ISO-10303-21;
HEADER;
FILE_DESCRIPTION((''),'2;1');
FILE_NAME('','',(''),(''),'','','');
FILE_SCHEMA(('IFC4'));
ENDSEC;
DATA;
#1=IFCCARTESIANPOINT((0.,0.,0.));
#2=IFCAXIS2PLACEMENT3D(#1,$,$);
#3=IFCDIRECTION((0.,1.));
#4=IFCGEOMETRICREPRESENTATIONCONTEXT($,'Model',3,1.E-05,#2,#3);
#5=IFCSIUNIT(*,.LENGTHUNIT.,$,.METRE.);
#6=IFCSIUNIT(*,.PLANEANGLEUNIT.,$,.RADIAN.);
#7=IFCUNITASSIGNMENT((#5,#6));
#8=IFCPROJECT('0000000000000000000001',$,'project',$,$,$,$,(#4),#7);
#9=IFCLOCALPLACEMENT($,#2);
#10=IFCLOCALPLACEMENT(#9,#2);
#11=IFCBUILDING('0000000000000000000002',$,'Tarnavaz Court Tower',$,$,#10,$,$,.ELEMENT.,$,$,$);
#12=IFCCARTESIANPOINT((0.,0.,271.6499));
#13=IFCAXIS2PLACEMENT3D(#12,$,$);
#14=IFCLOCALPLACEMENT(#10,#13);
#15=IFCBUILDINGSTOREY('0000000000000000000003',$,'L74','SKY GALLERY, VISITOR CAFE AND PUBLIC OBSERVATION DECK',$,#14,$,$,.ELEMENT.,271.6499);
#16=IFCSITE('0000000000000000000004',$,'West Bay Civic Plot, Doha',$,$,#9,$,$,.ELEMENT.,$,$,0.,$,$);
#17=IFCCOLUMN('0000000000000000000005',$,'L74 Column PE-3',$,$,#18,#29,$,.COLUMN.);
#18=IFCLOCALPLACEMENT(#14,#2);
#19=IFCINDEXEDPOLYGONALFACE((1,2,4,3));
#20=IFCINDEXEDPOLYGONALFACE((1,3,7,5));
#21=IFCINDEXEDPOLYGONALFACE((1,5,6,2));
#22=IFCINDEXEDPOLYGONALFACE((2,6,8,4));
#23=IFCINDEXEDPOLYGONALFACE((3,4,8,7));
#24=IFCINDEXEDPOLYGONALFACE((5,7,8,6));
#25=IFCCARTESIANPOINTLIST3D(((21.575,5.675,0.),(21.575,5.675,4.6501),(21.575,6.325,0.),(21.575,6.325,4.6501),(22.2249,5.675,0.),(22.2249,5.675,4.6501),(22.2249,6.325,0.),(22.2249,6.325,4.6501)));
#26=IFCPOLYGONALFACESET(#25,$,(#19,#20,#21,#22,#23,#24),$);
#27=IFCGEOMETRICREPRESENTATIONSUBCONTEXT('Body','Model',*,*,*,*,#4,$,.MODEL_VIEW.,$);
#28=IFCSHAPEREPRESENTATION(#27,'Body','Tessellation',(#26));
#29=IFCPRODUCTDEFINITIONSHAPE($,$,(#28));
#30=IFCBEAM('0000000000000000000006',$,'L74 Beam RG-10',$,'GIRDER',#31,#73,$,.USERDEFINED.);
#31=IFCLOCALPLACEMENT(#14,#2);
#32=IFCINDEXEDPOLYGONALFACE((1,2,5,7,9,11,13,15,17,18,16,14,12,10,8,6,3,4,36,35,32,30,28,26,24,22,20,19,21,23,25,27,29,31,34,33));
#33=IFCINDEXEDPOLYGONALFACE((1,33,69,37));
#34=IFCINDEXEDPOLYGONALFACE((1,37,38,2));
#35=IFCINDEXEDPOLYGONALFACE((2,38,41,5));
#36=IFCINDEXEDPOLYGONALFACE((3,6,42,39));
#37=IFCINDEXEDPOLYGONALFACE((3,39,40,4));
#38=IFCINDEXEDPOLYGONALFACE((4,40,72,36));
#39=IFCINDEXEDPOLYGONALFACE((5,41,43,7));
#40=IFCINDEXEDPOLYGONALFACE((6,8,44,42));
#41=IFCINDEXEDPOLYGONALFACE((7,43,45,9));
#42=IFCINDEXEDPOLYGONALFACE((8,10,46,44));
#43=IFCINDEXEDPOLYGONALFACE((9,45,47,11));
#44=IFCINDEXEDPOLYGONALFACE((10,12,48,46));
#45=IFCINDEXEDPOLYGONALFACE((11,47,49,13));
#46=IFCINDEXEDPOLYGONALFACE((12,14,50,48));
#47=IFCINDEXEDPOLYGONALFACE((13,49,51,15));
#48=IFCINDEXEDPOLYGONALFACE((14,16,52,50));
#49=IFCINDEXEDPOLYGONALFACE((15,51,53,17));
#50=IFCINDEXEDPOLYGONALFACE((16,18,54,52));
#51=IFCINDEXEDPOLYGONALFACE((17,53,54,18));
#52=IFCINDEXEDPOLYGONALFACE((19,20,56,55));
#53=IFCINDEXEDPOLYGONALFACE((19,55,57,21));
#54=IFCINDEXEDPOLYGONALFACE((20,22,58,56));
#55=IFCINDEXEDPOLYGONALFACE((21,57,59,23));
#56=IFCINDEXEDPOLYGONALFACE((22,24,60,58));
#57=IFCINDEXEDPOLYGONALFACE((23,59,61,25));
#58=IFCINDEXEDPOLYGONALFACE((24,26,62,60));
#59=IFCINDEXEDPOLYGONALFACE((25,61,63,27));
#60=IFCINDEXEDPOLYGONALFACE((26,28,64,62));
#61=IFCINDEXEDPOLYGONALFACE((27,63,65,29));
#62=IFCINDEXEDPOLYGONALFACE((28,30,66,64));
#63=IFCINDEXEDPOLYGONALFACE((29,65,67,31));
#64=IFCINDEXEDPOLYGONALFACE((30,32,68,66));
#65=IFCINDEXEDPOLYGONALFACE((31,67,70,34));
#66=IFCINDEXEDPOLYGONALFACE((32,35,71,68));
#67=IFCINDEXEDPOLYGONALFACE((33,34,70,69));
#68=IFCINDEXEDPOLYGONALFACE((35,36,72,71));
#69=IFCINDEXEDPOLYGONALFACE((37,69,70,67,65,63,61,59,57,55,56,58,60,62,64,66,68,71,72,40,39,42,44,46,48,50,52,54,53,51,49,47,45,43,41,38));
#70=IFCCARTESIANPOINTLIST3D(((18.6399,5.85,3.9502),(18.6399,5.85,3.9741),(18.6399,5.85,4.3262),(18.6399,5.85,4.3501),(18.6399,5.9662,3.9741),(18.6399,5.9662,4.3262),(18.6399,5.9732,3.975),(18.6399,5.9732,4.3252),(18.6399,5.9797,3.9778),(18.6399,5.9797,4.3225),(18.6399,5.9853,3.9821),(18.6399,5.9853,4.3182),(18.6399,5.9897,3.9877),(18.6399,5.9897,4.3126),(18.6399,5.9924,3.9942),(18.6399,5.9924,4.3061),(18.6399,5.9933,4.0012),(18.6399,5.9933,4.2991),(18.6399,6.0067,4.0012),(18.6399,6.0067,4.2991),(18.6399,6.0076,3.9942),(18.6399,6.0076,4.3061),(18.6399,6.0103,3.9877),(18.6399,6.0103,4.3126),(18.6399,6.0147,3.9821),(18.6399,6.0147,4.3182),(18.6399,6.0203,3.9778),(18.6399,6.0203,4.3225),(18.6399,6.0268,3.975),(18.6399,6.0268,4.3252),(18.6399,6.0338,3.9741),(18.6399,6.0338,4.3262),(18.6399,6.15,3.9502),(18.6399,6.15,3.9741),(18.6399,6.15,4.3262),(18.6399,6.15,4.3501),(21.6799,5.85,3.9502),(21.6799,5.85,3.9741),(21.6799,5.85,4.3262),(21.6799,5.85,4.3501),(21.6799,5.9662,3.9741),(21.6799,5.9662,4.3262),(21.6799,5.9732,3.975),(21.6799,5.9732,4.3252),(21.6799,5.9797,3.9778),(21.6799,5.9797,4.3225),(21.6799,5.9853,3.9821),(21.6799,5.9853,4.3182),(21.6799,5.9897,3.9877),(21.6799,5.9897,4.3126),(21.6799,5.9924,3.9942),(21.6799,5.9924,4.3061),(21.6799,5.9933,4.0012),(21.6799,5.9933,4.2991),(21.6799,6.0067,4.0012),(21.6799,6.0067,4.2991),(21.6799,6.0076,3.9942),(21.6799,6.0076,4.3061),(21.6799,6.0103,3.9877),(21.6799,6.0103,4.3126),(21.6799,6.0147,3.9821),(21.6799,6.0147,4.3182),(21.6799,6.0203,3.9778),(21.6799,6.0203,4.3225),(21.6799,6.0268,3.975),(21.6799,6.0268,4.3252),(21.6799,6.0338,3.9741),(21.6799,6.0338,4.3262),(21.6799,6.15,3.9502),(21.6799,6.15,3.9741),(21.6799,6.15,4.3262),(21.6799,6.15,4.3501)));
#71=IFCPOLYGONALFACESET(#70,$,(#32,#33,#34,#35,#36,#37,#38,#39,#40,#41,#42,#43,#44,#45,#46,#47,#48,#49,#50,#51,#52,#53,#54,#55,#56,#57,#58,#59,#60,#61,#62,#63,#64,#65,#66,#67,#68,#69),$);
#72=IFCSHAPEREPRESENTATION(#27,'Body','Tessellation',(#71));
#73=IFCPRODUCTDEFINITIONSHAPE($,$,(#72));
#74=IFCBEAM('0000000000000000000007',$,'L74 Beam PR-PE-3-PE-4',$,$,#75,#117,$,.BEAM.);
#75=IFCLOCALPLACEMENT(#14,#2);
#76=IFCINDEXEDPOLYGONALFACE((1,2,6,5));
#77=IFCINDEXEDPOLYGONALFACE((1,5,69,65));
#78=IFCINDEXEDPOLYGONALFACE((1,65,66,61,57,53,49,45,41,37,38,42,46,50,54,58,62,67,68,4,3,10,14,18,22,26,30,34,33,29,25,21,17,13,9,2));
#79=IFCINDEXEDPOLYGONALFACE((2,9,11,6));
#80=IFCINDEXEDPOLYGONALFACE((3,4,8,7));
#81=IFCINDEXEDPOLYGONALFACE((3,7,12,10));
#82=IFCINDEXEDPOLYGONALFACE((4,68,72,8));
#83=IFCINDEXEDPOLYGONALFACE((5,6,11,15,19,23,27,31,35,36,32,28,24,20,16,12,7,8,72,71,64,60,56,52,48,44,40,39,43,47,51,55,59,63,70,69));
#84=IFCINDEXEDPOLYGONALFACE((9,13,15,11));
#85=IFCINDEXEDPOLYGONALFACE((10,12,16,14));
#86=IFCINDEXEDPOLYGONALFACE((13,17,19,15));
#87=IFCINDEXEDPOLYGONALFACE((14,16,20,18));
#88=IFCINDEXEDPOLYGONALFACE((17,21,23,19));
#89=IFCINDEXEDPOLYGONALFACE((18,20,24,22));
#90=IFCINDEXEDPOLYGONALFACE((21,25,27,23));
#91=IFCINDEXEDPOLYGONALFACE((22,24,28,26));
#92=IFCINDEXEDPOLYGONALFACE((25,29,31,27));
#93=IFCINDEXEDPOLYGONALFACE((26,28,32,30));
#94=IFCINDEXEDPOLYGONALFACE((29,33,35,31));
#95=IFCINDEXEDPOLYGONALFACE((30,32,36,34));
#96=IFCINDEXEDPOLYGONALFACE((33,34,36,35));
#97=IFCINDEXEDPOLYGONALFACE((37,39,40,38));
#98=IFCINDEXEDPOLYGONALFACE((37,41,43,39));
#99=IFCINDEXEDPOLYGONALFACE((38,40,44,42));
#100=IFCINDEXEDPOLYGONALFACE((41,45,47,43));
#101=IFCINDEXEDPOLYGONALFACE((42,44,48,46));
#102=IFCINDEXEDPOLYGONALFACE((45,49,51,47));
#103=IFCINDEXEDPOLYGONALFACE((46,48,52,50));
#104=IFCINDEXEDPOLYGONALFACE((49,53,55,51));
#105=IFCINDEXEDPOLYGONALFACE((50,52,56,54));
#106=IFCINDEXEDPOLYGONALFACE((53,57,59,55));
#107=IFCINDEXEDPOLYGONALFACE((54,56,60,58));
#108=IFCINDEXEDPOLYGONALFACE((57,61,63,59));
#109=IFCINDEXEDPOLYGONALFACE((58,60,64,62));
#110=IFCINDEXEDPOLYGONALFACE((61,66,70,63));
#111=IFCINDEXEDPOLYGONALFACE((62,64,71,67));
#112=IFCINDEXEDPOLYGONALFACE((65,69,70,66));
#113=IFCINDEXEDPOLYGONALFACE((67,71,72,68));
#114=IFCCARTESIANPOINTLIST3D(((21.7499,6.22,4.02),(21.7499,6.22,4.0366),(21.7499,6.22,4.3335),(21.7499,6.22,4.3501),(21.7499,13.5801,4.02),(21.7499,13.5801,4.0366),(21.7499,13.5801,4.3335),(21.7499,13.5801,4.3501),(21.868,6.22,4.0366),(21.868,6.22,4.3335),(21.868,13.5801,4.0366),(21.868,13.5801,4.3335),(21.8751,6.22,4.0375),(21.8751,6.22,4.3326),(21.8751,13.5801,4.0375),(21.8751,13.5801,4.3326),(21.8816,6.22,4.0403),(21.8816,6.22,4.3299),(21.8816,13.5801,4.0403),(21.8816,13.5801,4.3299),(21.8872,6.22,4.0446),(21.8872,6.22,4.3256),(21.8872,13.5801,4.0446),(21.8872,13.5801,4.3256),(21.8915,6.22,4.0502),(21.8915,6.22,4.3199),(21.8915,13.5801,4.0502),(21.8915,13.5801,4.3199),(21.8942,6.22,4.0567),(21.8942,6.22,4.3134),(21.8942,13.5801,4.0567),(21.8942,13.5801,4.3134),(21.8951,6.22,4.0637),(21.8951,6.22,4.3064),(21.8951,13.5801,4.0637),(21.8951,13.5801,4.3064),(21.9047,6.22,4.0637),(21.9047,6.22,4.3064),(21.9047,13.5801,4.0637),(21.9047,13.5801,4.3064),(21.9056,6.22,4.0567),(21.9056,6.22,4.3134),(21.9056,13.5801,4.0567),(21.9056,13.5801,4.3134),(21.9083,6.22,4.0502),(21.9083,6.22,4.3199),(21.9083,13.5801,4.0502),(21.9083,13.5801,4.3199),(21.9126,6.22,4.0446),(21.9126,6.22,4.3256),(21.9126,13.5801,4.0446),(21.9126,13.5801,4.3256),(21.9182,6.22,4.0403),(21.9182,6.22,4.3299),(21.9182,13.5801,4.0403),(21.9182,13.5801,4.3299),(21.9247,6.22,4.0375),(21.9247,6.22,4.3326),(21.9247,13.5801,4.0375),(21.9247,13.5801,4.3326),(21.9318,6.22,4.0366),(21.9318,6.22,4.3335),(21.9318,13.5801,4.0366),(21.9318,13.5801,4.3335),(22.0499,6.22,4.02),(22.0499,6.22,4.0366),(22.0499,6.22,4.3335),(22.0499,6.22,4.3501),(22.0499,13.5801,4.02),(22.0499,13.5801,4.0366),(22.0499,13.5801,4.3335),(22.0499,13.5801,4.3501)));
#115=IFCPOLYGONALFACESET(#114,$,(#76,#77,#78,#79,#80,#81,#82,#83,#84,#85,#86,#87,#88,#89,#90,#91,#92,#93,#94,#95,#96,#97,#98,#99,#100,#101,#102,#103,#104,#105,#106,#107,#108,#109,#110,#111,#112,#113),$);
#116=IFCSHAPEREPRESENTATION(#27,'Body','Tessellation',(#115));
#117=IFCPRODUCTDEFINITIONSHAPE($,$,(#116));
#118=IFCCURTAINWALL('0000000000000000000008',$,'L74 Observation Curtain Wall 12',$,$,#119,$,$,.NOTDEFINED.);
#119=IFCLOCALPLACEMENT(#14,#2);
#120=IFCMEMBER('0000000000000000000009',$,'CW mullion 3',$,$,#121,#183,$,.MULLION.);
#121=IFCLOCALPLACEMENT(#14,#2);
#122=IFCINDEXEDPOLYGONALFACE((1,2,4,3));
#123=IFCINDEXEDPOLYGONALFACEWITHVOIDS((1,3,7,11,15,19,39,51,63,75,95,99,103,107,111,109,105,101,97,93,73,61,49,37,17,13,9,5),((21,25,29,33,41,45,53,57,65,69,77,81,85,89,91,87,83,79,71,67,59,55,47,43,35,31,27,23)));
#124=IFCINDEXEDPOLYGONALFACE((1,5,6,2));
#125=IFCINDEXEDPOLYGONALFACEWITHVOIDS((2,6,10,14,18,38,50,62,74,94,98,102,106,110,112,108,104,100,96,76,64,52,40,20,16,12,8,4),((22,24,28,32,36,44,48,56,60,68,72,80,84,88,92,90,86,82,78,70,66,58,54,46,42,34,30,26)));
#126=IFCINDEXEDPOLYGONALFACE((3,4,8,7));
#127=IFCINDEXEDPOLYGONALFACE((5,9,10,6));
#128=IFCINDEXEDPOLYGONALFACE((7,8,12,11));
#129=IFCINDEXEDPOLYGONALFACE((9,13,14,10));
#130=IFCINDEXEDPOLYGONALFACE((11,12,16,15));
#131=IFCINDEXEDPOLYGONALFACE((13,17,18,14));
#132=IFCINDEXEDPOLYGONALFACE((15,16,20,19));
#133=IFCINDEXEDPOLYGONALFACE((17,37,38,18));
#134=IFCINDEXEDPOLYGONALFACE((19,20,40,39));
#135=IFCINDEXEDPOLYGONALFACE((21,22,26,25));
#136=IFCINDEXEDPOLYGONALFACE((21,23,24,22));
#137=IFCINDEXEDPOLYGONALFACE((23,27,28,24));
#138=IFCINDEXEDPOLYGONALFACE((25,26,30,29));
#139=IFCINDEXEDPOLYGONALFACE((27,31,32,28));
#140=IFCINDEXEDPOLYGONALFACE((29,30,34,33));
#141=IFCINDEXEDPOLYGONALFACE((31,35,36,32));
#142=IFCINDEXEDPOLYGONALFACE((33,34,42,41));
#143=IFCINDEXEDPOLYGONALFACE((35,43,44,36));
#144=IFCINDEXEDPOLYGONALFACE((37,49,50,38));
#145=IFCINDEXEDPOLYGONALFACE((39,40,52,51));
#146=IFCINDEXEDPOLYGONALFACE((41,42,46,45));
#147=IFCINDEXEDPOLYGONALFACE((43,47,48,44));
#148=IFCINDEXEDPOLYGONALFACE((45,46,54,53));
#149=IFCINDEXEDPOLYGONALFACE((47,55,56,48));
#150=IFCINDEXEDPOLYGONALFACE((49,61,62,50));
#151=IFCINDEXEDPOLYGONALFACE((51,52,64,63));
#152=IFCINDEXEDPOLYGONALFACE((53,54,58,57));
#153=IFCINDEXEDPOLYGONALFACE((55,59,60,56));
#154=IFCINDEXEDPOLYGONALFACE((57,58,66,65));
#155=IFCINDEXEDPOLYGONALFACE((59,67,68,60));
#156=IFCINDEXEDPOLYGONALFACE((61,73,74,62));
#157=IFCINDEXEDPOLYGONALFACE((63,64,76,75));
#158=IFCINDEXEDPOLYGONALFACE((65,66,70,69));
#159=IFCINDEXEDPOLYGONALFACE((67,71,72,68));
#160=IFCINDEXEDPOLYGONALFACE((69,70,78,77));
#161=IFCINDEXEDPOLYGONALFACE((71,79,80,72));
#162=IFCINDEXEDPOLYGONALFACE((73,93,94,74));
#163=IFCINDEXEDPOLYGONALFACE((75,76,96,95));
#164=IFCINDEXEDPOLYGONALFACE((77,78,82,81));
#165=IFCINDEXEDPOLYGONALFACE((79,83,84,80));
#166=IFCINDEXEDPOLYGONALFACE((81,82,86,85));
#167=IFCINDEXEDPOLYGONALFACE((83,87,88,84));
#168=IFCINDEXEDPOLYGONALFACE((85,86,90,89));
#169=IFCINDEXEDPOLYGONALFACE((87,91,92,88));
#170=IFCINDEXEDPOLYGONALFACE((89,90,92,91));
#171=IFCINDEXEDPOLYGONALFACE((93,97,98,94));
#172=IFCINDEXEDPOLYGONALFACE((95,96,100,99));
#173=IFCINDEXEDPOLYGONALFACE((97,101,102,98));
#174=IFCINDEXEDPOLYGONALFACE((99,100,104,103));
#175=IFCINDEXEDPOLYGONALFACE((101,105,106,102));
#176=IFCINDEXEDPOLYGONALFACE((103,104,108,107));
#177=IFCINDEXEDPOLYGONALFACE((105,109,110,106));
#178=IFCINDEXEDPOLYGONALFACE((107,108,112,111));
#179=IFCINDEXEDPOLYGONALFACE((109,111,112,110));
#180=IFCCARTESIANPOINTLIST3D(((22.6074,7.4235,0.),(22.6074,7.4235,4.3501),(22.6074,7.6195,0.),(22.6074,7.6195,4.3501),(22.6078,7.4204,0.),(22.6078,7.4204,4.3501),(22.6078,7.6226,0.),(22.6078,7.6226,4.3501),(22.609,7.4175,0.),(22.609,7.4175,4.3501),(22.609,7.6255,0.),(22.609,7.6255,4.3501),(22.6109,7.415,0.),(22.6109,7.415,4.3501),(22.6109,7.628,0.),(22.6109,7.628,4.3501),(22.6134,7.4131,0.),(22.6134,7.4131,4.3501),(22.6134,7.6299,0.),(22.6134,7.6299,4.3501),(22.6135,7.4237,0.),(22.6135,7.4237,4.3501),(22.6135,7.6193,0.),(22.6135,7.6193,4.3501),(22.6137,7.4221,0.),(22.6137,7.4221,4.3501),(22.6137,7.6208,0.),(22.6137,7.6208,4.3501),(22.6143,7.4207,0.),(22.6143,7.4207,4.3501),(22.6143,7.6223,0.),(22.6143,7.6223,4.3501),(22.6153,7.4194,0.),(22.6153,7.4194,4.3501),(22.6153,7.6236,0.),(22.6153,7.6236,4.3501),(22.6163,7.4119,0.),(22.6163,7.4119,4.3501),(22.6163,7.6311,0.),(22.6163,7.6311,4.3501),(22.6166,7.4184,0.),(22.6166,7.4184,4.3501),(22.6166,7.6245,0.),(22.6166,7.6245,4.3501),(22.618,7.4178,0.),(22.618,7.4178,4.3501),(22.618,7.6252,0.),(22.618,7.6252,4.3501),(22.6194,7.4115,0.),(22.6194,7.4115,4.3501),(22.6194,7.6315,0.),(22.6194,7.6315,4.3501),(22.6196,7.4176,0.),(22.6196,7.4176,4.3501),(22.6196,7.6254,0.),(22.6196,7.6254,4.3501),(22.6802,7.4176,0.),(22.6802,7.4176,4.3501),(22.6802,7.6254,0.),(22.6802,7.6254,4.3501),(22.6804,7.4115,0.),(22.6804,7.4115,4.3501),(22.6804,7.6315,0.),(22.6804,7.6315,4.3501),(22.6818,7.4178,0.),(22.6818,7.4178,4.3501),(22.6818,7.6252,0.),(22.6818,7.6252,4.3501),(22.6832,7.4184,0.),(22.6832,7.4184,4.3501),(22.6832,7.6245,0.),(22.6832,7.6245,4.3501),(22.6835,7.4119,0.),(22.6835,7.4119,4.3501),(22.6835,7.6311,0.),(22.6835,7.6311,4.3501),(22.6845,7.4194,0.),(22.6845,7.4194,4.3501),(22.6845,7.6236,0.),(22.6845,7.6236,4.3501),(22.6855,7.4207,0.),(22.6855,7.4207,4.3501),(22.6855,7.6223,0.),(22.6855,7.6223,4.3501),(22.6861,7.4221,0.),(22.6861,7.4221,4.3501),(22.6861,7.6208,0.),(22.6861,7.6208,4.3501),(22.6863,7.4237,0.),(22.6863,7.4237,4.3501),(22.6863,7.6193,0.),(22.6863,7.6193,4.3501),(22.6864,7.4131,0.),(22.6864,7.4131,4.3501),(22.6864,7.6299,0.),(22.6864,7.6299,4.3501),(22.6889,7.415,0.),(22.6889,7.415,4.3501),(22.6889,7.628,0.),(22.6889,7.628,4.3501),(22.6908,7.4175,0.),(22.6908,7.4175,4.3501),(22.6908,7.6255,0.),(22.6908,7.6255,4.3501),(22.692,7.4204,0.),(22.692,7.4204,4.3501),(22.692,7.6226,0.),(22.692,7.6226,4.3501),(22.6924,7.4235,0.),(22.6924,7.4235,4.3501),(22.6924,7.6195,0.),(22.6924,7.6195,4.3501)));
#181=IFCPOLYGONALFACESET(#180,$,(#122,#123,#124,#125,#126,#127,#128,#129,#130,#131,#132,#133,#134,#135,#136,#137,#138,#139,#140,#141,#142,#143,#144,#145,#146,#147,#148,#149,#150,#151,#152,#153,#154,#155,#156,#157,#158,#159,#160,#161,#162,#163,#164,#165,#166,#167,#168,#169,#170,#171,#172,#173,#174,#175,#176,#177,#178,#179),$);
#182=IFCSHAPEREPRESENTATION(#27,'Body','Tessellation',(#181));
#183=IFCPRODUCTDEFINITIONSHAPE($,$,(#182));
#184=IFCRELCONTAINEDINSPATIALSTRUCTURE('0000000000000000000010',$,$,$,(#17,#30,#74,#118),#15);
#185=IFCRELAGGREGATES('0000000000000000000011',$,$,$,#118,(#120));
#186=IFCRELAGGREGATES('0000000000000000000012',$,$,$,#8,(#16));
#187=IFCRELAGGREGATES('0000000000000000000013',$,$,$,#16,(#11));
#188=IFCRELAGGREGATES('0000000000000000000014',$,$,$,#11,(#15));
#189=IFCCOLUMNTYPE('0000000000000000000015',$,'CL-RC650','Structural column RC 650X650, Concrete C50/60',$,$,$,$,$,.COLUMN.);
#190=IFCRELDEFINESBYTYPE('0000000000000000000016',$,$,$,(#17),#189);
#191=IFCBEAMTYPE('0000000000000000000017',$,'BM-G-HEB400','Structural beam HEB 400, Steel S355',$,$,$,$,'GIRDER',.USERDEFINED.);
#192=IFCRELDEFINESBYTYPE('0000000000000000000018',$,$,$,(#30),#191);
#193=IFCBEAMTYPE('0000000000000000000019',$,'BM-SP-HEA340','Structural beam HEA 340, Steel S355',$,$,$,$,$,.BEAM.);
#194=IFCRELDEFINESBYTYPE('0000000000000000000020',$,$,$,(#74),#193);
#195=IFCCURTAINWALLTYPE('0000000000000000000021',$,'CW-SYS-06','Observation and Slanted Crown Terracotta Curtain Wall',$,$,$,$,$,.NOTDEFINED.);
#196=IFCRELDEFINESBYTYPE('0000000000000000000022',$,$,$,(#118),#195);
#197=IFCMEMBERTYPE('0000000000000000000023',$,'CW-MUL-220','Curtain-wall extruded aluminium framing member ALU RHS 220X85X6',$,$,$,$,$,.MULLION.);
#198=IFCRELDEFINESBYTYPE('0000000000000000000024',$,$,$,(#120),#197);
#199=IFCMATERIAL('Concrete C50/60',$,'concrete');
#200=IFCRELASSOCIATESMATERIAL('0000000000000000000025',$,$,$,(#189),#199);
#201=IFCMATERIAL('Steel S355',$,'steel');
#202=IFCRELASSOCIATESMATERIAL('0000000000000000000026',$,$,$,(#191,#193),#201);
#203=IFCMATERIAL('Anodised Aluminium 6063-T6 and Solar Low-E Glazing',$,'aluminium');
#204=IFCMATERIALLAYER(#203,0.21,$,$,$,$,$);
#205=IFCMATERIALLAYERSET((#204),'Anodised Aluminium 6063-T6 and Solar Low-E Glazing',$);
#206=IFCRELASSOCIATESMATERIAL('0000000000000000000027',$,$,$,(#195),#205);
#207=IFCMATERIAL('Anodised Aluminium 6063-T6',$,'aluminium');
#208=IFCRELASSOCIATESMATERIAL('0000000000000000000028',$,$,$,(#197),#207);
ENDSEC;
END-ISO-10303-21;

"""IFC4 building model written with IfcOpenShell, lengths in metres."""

from ifc_helpers import new_model, si_unit, direction, frame, origin, origin_2d, place, context, subcontext, project, spatial, rectangle, hollow_rectangle, i_section, extrude, material, layer, layer_set, material_profile, profile_set, type_object, element, aggregate, save


model = new_model("IFC4")

# Units and contexts
model_context = context("Model", 3, precision=1e-05, world=origin(), true_north=direction((0.0, 1.0)))
body_context = subcontext(model_context, "Body", "Model", "MODEL_VIEW")
ifc_project = project(units=[si_unit("LENGTHUNIT", "METRE"), si_unit("PLANEANGLEUNIT", "RADIAN")], contexts=[model_context])

# Site, building, storey
site_placement = place(None, origin())
site = spatial("IfcSite", under=ifc_project, at=site_placement, Name="West Bay Civic Plot, Doha", CompositionType="ELEMENT", RefElevation=0.0)
building_placement = place(site_placement, origin())
building = spatial("IfcBuilding", under=site, at=building_placement, Name="Tarnavaz Court Tower", CompositionType="ELEMENT")
storey_placement = place(building_placement, frame((0.0, 0.0, 271.6499)))
storey = spatial("IfcBuildingStorey", under=building, at=storey_placement, Name="L74", Description="SKY GALLERY, VISITOR CAFE AND PUBLIC OBSERVATION DECK", CompositionType="ELEMENT", Elevation=271.6499)

# Column
ifc_material_1 = material(Name="Concrete C50/60", Category="concrete")
ifc_material_profile_1 = material_profile(ifc_material_1, rectangle(XDim=0.6499, YDim=0.6499, at=origin_2d()), Name="RC 650X650")
ifc_profile_set_1 = profile_set([ifc_material_profile_1], Name="Concrete C50/60")
column_type = type_object("IfcColumnType", Name="CL-RC650", Description="Structural column RC 650X650, Concrete C50/60", PredefinedType="COLUMN", material=ifc_profile_set_1)
column_placement = place(storey_placement, frame((21.8999, 6.0, 0.0), z_axis=(0.0, 0.0, 1.0), x_axis=(1.0, 0.0, 0.0)))
element("IfcColumn", 1, at=column_placement, inside=storey, type_object=column_type, Name="L74 Column PE-3", PredefinedType="COLUMN", context=body_context, shape_type="SweptSolid", body=[
    extrude(rectangle(XDim=0.6499, YDim=0.6499, at=origin_2d()), origin(), (0.0, 0.0, 1.0), 4.6501),
])

# Beams
ifc_material_2 = material(Name="Steel S355", Category="steel")
ifc_material_profile_2 = material_profile(ifc_material_2, i_section(OverallWidth=0.3, OverallDepth=0.3999, WebThickness=0.0134, FlangeThickness=0.0239, FilletRadius=0.0271, at=origin_2d()), Name="HEB 400")
ifc_profile_set_2 = profile_set([ifc_material_profile_2], Name="Steel S355")
beam_type_1 = type_object("IfcBeamType", Name="BM-G-HEB400", Description="Structural beam HEB 400, Steel S355", ElementType="GIRDER", PredefinedType="USERDEFINED", material=ifc_profile_set_2)
beam_1_placement = place(storey_placement, frame((18.6399, 6.0, 4.1501), z_axis=(1.0, 0.0, 0.0), x_axis=(0.0, 1.0, 0.0)))
element("IfcBeam", 2, at=beam_1_placement, inside=storey, type_object=beam_type_1, Name="L74 Beam RG-10", ObjectType="GIRDER", PredefinedType="USERDEFINED", context=body_context, shape_type="SweptSolid", body=[
    extrude(i_section(OverallWidth=0.3, OverallDepth=0.3999, WebThickness=0.0134, FlangeThickness=0.0239, FilletRadius=0.0271, at=origin_2d()), origin(), (0.0, 0.0, 1.0), 3.04),
])
ifc_material_profile_3 = material_profile(ifc_material_2, i_section(OverallWidth=0.3, OverallDepth=0.3301, WebThickness=0.0095, FlangeThickness=0.0166, FilletRadius=0.0271, at=origin_2d()), Name="HEA 340")
ifc_profile_set_3 = profile_set([ifc_material_profile_3], Name="Steel S355")
beam_type_2 = type_object("IfcBeamType", Name="BM-SP-HEA340", Description="Structural beam HEA 340, Steel S355", PredefinedType="BEAM", material=ifc_profile_set_3)
beam_2_placement = place(storey_placement, frame((21.8999, 6.22, 4.1851), z_axis=(0.0, 1.0, 0.0), x_axis=(-1.0, 0.0, 0.0)))
element("IfcBeam", 3, at=beam_2_placement, inside=storey, type_object=beam_type_2, Name="L74 Beam PR-PE-3-PE-4", PredefinedType="BEAM", context=body_context, shape_type="SweptSolid", body=[
    extrude(i_section(OverallWidth=0.3, OverallDepth=0.3301, WebThickness=0.0095, FlangeThickness=0.0166, FilletRadius=0.0271, at=origin_2d()), origin(), (0.0, 0.0, 1.0), 7.3601),
])

# Curtain wall, member
ifc_material_3 = material(Name="Anodised Aluminium 6063-T6 and Solar Low-E Glazing", Category="aluminium")
ifc_layer_1 = layer(ifc_material_3, 0.21)
ifc_layer_set_1 = layer_set([ifc_layer_1], Name="Anodised Aluminium 6063-T6 and Solar Low-E Glazing")
curtain_wall_type = type_object("IfcCurtainWallType", Name="CW-SYS-06", Description="Observation and Slanted Crown Terracotta Curtain Wall", PredefinedType="NOTDEFINED", material=ifc_layer_set_1)
curtain_wall_placement = place(storey_placement, origin())
curtain_wall = element("IfcCurtainWall", 4, at=curtain_wall_placement, inside=storey, type_object=curtain_wall_type, Name="L74 Observation Curtain Wall 12", PredefinedType="NOTDEFINED")
ifc_material_4 = material(Name="Anodised Aluminium 6063-T6", Category="aluminium")
ifc_material_profile_4 = material_profile(ifc_material_4, hollow_rectangle(XDim=0.085, YDim=0.22, WallThickness=0.0061, InnerFilletRadius=0.0061, OuterFilletRadius=0.012, at=origin_2d()), Name="ALU RHS 220X85X6")
ifc_profile_set_4 = profile_set([ifc_material_profile_4], Name="Anodised Aluminium 6063-T6")
member_type_1 = type_object("IfcMemberType", Name="CW-MUL-220", Description="Curtain-wall extruded aluminium framing member ALU RHS 220X85X6", PredefinedType="MULLION", material=ifc_profile_set_4)
member_1_placement = place(storey_placement, frame((22.6499, 7.5215, 0.0), z_axis=(0.0, 0.0, 1.0), x_axis=(1.0, 0.0, 0.0)))
member_1 = element("IfcMember", 5, at=member_1_placement, type_object=member_type_1, Name="CW mullion 3", PredefinedType="MULLION", context=body_context, shape_type="SweptSolid", body=[
    extrude(hollow_rectangle(XDim=0.085, YDim=0.22, WallThickness=0.0061, InnerFilletRadius=0.0061, OuterFilletRadius=0.012, at=origin_2d()), origin(), (0.0, 0.0, 1.0), 4.3501),
])
aggregate(curtain_wall, [member_1])

save(model, "model.ifc")
